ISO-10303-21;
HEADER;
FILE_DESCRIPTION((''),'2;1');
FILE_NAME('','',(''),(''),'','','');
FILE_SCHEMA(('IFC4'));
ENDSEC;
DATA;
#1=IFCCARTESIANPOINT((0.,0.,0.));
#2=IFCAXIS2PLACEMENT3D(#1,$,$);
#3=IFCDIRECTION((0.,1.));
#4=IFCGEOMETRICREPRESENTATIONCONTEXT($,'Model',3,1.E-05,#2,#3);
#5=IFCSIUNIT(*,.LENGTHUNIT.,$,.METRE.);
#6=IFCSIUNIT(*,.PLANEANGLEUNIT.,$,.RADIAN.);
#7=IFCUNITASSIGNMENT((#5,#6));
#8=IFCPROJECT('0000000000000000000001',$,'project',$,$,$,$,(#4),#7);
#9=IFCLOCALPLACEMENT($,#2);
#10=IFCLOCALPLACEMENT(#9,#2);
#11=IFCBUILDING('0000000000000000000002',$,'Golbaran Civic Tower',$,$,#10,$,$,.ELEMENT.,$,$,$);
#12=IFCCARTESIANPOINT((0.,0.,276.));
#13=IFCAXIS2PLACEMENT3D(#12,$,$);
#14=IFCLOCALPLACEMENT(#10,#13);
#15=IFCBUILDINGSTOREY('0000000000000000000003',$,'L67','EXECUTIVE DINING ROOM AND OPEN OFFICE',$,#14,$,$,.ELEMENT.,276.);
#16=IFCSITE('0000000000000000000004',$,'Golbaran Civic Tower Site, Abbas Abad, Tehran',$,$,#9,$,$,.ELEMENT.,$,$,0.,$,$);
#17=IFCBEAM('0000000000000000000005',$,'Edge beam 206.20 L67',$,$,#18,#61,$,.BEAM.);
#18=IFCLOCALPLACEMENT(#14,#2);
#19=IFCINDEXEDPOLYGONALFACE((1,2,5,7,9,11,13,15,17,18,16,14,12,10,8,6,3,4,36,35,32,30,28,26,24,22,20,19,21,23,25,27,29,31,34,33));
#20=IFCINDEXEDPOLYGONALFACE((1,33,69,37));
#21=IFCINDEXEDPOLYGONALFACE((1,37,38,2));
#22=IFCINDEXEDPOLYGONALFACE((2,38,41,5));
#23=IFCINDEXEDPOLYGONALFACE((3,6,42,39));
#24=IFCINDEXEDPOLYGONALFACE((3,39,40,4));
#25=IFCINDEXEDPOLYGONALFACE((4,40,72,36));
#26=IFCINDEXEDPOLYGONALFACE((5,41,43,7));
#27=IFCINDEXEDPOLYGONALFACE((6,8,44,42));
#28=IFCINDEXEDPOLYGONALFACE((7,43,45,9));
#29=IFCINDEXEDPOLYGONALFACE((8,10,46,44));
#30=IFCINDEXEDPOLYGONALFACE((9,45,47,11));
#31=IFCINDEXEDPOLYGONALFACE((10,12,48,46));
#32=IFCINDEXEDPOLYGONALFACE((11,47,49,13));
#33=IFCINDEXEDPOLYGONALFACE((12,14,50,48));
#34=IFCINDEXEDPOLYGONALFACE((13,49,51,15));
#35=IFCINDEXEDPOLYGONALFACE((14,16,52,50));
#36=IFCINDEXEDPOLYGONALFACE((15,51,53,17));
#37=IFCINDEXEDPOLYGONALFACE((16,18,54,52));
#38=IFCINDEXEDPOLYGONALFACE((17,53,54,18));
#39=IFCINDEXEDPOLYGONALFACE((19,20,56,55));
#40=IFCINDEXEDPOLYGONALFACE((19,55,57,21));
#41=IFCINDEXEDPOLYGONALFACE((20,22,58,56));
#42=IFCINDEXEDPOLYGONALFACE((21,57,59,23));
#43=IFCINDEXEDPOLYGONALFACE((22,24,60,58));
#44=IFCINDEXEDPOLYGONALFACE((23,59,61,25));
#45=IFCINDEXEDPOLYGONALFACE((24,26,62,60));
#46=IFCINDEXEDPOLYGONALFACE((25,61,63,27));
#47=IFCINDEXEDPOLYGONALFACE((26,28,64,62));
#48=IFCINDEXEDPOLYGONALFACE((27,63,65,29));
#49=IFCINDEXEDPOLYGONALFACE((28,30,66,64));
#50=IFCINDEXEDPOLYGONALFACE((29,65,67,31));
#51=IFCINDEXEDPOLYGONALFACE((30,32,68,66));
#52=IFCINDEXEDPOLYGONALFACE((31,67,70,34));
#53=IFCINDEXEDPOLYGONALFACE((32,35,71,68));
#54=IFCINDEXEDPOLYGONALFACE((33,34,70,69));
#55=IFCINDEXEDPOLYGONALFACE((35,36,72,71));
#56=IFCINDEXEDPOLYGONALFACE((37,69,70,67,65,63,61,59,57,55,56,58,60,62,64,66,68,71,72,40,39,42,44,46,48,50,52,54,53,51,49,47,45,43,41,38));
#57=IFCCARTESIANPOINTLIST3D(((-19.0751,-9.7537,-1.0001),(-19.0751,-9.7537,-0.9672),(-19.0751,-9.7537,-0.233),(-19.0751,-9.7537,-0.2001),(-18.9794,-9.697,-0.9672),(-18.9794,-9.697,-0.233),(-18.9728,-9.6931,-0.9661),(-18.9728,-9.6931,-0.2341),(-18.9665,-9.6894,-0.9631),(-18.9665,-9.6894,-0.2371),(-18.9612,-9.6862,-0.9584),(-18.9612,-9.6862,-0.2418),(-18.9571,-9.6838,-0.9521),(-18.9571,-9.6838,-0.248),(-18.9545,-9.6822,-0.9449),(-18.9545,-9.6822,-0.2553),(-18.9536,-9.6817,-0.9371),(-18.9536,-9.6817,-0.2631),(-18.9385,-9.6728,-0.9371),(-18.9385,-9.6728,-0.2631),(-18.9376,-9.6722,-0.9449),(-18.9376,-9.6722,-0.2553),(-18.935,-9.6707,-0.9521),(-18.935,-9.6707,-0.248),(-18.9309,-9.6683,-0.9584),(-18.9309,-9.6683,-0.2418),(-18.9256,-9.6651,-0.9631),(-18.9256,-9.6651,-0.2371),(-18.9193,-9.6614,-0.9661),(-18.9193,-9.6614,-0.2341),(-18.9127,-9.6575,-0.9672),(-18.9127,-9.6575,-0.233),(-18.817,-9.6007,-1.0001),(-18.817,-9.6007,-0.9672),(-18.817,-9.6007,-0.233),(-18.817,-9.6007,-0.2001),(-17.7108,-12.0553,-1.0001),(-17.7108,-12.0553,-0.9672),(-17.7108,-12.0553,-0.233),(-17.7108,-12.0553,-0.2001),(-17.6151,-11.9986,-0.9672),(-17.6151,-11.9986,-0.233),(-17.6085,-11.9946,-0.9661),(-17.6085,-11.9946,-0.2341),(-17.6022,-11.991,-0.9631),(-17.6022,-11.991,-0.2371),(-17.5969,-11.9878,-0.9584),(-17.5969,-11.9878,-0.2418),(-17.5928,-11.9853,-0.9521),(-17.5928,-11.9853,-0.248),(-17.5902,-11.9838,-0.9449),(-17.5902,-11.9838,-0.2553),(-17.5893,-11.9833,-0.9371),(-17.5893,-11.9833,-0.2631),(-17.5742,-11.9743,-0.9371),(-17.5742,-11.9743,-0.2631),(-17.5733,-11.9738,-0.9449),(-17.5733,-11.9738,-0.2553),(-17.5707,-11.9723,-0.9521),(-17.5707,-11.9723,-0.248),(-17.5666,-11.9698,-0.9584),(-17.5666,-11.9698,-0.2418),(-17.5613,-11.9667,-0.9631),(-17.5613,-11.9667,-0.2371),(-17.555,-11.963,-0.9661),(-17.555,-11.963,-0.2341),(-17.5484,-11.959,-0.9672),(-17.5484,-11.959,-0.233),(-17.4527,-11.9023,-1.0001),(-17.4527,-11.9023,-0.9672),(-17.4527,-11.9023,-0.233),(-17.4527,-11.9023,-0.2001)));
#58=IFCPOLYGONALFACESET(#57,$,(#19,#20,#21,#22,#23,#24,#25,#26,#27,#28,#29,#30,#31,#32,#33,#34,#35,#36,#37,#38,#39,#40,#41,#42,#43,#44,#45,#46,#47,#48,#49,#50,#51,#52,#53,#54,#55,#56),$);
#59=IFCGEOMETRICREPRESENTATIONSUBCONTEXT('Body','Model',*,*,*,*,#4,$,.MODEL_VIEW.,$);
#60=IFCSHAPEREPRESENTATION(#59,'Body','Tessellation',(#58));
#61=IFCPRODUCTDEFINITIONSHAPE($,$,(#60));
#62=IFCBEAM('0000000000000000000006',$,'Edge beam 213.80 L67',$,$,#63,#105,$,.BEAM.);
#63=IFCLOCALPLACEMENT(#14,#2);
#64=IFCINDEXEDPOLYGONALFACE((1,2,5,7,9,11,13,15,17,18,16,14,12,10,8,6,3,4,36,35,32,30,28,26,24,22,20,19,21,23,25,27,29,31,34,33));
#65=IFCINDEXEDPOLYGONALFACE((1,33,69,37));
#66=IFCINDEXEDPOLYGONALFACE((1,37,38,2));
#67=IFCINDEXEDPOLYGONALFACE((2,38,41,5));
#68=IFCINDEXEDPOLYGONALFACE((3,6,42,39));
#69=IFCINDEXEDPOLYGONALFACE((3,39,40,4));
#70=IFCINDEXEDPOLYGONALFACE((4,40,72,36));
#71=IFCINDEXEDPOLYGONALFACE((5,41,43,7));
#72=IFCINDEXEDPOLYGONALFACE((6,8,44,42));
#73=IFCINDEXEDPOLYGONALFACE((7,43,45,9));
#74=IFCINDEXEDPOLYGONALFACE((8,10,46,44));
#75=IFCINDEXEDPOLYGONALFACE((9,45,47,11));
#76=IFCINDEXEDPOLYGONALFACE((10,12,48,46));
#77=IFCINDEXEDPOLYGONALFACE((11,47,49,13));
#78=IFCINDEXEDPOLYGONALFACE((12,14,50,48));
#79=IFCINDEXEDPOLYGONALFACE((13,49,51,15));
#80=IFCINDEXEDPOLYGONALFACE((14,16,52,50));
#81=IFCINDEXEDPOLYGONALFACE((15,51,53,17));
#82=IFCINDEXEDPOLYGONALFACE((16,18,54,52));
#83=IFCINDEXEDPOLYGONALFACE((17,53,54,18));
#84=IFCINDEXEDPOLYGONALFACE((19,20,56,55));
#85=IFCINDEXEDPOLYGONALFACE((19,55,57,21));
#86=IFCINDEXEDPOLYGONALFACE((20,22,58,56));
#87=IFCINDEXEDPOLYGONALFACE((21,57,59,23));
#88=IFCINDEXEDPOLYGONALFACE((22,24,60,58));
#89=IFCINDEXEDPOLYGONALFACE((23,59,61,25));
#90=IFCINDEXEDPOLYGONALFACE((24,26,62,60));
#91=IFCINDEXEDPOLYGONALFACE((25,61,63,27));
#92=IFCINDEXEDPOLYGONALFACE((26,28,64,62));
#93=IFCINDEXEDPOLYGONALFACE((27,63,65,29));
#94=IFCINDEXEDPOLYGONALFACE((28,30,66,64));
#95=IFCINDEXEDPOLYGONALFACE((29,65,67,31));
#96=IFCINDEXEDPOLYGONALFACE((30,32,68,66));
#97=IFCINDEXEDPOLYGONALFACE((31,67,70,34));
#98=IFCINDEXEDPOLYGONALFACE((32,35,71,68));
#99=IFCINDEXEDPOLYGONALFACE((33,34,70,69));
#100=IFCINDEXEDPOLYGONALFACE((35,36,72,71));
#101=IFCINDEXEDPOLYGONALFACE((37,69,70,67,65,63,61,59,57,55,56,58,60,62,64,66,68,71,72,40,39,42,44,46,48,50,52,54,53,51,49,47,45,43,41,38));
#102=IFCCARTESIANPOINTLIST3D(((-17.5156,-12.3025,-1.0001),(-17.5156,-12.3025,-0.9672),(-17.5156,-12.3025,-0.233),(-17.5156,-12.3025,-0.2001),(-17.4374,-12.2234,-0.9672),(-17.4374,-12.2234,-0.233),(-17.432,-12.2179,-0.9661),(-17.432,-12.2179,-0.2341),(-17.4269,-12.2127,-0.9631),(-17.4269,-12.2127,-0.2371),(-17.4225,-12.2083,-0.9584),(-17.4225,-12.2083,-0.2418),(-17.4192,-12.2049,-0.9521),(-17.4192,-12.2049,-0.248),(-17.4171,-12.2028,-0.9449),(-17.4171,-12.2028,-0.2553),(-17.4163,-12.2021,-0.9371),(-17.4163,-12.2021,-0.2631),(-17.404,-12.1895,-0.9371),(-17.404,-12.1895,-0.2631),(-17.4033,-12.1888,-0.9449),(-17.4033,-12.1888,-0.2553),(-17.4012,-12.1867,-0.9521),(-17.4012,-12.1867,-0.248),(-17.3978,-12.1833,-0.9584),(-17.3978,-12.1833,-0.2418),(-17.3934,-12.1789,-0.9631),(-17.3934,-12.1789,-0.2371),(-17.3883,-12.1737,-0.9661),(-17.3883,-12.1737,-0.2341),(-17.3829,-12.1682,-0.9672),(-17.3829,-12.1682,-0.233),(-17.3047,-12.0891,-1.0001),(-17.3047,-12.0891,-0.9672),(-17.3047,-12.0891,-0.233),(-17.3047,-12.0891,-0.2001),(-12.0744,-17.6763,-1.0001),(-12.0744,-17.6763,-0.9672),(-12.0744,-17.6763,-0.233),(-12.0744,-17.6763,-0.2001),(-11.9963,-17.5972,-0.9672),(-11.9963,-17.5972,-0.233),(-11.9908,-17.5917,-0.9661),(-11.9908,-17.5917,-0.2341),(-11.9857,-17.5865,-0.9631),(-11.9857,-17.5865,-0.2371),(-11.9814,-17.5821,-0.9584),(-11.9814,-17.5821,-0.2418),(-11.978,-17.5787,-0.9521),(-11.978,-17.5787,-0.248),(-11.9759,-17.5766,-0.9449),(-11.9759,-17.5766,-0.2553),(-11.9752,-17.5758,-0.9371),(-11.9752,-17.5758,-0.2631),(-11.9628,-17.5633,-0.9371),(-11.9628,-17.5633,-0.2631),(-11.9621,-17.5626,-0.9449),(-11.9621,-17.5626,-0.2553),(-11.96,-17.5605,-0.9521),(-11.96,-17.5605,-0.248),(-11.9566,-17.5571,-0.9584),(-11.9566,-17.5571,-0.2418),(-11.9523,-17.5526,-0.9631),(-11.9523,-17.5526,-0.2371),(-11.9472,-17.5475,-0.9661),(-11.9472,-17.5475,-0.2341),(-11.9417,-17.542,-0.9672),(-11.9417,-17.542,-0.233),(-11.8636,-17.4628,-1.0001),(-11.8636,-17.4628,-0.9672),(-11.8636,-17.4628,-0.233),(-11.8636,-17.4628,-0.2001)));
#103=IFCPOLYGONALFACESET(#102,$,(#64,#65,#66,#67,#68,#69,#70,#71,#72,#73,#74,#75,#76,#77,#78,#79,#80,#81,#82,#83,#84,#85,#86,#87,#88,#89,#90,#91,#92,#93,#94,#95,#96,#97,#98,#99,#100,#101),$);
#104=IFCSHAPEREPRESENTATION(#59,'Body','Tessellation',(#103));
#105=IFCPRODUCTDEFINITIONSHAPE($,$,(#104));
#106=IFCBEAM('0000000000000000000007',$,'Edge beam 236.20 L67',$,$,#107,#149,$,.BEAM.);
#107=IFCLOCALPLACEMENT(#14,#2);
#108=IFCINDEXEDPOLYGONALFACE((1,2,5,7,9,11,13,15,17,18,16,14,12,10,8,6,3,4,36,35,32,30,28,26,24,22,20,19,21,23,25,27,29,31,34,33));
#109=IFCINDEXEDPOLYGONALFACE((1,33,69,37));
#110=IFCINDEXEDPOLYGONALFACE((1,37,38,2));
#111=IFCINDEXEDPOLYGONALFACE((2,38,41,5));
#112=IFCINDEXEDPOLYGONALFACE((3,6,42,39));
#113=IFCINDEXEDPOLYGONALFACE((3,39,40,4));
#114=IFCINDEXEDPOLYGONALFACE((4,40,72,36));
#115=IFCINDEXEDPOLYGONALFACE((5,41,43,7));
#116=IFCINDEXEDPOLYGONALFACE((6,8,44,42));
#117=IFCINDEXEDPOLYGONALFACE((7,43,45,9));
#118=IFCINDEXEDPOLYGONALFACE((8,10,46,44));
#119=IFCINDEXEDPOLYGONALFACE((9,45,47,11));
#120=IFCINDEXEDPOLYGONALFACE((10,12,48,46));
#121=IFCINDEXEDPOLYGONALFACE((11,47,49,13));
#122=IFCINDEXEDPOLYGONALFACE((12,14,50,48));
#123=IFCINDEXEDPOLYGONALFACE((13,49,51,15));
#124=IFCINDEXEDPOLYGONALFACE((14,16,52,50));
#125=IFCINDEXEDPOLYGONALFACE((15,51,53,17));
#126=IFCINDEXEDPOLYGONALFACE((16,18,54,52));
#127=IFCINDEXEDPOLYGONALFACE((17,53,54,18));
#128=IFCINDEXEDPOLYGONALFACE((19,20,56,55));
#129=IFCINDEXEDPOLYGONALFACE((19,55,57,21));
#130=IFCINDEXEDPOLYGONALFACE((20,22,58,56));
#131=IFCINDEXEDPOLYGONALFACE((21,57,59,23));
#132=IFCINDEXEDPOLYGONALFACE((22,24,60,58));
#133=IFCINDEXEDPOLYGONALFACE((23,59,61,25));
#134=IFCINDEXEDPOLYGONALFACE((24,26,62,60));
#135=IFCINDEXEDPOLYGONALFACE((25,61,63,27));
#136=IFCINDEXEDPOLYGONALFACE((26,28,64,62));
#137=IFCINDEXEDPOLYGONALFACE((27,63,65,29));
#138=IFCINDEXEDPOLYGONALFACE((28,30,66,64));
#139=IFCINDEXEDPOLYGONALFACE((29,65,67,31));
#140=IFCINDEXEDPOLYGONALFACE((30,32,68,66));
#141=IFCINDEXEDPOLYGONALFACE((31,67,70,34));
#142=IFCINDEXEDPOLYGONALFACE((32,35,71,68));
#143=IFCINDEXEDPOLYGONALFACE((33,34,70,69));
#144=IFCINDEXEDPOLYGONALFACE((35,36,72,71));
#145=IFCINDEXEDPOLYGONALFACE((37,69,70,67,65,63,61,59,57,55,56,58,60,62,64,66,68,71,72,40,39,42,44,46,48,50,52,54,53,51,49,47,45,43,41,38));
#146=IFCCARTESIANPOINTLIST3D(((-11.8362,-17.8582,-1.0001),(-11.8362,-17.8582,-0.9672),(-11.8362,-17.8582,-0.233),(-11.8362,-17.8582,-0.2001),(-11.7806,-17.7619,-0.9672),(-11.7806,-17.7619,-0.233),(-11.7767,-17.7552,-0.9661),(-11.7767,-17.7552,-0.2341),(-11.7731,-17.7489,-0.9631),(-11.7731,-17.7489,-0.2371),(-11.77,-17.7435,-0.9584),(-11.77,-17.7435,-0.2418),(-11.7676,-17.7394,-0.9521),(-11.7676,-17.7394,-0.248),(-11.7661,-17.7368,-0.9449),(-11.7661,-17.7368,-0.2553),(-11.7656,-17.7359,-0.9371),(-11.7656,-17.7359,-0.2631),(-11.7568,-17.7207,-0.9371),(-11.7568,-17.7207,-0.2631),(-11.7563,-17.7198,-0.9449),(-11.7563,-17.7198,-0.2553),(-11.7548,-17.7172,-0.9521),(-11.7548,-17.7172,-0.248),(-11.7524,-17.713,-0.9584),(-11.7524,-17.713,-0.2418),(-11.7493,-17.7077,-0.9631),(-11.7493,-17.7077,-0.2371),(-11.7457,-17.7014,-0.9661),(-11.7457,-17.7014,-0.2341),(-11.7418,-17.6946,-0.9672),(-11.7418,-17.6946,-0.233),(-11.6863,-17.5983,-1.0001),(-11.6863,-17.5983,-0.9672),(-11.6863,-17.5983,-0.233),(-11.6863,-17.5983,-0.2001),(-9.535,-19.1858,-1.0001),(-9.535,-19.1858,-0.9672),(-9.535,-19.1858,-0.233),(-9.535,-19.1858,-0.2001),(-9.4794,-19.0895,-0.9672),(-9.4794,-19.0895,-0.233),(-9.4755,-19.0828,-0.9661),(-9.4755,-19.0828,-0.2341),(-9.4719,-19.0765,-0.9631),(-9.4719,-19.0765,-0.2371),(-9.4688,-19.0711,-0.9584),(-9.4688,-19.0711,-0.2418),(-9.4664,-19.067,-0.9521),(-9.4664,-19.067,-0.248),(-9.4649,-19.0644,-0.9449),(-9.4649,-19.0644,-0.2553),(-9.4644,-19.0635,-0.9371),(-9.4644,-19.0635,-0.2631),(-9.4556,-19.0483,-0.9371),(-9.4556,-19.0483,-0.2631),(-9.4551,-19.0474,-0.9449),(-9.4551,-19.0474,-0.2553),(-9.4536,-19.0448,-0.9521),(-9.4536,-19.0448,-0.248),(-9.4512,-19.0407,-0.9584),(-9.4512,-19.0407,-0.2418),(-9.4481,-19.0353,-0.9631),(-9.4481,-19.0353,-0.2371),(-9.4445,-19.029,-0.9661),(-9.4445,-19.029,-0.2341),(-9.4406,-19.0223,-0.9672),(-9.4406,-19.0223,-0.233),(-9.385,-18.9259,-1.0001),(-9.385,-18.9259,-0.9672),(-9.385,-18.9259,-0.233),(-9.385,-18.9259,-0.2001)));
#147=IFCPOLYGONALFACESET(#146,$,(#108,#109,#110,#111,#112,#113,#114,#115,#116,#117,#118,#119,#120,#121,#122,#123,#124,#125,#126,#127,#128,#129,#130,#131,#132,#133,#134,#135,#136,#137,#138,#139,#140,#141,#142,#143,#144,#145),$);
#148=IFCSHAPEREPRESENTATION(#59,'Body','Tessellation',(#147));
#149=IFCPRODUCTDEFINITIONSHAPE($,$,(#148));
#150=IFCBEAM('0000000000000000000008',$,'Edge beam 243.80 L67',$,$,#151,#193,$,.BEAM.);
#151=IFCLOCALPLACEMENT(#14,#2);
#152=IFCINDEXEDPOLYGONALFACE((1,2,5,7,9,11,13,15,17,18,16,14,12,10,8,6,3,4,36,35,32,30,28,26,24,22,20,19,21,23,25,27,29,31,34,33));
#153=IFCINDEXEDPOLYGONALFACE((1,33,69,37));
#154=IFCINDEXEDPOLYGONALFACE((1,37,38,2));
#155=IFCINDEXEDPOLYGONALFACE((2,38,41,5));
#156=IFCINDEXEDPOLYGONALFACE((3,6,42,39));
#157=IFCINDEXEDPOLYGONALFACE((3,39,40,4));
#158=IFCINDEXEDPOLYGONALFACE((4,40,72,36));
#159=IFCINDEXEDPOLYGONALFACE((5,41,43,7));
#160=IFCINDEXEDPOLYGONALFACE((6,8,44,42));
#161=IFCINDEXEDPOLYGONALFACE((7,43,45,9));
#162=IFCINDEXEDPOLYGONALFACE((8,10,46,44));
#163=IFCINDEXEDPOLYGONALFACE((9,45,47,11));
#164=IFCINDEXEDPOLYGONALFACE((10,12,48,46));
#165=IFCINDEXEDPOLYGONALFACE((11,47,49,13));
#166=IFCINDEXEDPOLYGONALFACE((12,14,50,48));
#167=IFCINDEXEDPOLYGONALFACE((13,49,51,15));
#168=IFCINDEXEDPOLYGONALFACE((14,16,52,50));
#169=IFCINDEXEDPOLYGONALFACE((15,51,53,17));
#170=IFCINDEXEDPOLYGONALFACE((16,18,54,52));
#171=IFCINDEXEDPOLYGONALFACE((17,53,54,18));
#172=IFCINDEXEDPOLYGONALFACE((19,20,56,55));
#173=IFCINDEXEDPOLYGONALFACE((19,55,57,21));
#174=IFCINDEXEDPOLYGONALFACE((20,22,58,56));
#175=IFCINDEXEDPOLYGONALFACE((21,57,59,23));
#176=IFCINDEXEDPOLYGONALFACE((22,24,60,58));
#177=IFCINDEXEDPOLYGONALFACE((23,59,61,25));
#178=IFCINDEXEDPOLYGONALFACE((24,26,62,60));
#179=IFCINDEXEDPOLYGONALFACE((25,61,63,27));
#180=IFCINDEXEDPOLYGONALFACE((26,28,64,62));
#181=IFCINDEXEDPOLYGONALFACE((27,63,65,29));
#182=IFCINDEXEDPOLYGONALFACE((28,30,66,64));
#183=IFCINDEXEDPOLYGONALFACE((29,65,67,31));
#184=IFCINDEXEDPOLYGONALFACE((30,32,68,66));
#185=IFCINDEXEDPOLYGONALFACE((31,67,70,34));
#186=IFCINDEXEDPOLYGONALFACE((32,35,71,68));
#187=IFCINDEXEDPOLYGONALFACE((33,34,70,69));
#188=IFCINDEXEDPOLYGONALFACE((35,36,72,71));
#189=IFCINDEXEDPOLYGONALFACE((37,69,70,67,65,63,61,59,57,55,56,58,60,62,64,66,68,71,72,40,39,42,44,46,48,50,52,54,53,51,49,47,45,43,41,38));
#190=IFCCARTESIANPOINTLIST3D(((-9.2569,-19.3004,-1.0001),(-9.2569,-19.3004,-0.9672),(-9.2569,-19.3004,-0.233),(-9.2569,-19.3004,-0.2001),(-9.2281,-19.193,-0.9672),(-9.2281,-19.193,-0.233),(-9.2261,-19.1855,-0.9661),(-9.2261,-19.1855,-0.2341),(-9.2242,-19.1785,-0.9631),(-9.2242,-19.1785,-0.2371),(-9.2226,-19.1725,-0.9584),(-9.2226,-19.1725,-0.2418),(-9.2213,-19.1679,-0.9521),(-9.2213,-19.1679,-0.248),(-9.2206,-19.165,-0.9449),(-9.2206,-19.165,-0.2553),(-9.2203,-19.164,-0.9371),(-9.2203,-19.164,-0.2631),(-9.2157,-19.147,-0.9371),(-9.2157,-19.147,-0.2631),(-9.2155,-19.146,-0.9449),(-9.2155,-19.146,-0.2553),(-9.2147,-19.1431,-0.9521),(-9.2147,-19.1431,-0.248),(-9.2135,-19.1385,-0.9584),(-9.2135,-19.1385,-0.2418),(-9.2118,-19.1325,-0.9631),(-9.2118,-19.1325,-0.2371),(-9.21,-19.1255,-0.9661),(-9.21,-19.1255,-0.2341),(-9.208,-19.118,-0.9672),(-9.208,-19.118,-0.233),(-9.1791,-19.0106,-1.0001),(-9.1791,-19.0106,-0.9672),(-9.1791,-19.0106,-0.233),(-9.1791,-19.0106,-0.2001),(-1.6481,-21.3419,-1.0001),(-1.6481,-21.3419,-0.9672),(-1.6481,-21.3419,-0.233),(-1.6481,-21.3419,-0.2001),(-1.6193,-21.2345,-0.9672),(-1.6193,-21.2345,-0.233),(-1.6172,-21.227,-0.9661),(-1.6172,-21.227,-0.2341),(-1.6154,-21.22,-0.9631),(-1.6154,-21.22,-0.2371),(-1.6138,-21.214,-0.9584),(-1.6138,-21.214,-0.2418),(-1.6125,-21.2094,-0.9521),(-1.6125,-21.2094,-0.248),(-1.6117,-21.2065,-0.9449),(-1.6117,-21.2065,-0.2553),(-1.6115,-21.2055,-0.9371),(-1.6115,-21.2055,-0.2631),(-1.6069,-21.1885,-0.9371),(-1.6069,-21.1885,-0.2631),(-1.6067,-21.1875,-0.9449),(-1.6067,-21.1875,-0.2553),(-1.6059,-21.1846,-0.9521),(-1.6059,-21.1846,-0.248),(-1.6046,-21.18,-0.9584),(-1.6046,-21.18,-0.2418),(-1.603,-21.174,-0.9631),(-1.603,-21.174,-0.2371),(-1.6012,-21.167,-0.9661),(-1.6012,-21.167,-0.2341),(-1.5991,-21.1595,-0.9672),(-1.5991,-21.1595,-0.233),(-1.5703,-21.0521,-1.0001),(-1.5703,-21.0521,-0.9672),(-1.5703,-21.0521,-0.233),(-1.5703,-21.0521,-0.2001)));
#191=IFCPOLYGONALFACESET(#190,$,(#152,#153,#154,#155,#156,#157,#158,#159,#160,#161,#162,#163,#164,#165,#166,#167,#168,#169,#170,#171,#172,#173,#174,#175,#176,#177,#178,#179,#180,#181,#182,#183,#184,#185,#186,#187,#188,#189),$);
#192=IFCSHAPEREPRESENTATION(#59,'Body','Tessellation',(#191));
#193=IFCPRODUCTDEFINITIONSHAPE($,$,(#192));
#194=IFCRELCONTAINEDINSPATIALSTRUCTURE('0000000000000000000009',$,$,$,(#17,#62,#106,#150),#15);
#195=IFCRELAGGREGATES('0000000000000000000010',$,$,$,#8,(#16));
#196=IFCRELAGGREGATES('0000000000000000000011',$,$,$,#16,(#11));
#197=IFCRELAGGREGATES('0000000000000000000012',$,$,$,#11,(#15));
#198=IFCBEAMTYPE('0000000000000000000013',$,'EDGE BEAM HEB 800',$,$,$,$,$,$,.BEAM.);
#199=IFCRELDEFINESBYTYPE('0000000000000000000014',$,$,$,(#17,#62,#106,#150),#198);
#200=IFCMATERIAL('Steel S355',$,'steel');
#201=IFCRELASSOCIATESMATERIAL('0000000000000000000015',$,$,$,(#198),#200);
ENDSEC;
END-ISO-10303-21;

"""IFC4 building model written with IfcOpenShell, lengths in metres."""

from ifc_helpers import new_model, si_unit, direction, frame, origin, origin_2d, place, context, subcontext, project, spatial, i_section, extrude, material, material_profile, profile_set, type_object, element, save


model = new_model("IFC4")

# Units and contexts
model_context = context("Model", 3, precision=1e-05, world=origin(), true_north=direction((0.0, 1.0)))
body_context = subcontext(model_context, "Body", "Model", "MODEL_VIEW")
ifc_project = project(units=[si_unit("LENGTHUNIT", "METRE"), si_unit("PLANEANGLEUNIT", "RADIAN")], contexts=[model_context])

# Site, building, storey
site_placement = place(None, origin())
site = spatial("IfcSite", under=ifc_project, at=site_placement, Name="Golbaran Civic Tower Site, Abbas Abad, Tehran", CompositionType="ELEMENT", RefElevation=0.0)
building_placement = place(site_placement, origin())
building = spatial("IfcBuilding", under=site, at=building_placement, Name="Golbaran Civic Tower", CompositionType="ELEMENT")
storey_placement = place(building_placement, frame((0.0, 0.0, 276.0)))
storey = spatial("IfcBuildingStorey", under=building, at=storey_placement, Name="L67", Description="EXECUTIVE DINING ROOM AND OPEN OFFICE", CompositionType="ELEMENT", Elevation=276.0)

# Beams
ifc_material_1 = material(Name="Steel S355", Category="steel")
ifc_material_profile_1 = material_profile(ifc_material_1, i_section(OverallWidth=0.3, OverallDepth=0.8, WebThickness=0.0176, FlangeThickness=0.033, FilletRadius=0.03, at=origin_2d()), Name="HEB 800")
ifc_profile_set_1 = profile_set([ifc_material_profile_1], Name="Steel S355")
beam_type_1 = type_object("IfcBeamType", Name="EDGE BEAM HEB 800", PredefinedType="BEAM", material=ifc_profile_set_1)
beam_1_placement = place(storey_placement, frame((-18.946, -9.6772, -0.6001), z_axis=(0.509912, -0.860226, 0.0), x_axis=(0.860226, 0.509912, 0.0)))
element("IfcBeam", 1, at=beam_1_placement, inside=storey, type_object=beam_type_1, Name="Edge beam 206.20 L67", PredefinedType="BEAM", context=body_context, shape_type="SweptSolid", body=[
    extrude(i_section(OverallWidth=0.3, OverallDepth=0.8, WebThickness=0.0176, FlangeThickness=0.033, FilletRadius=0.03, at=origin_2d()), origin(), (0.0, 0.0, 1.0), 2.6755),
])
beam_2_placement = place(storey_placement, frame((-17.4102, -12.1958, -0.6001), z_axis=(0.711499, -0.702687, 0.0), x_axis=(0.702687, 0.711499, 0.0)))
element("IfcBeam", 2, at=beam_2_placement, inside=storey, type_object=beam_type_1, Name="Edge beam 213.80 L67", PredefinedType="BEAM", context=body_context, shape_type="SweptSolid", body=[
    extrude(i_section(OverallWidth=0.3, OverallDepth=0.8, WebThickness=0.0176, FlangeThickness=0.033, FilletRadius=0.03, at=origin_2d()), origin(), (0.0, 0.0, 1.0), 7.6475),
])
beam_3_placement = place(storey_placement, frame((-11.7612, -17.7283, -0.6001), z_axis=(0.866189, -0.499717, 0.0), x_axis=(0.499717, 0.866189, 0.0)))
element("IfcBeam", 3, at=beam_3_placement, inside=storey, type_object=beam_type_1, Name="Edge beam 236.20 L67", PredefinedType="BEAM", context=body_context, shape_type="SweptSolid", body=[
    extrude(i_section(OverallWidth=0.3, OverallDepth=0.8, WebThickness=0.0176, FlangeThickness=0.033, FilletRadius=0.03, at=origin_2d()), origin(), (0.0, 0.0, 1.0), 2.6567),
])
beam_4_placement = place(storey_placement, frame((-9.218, -19.1555, -0.6001), z_axis=(0.96584, -0.25914, 0.0), x_axis=(0.25914, 0.96584, 0.0)))
element("IfcBeam", 4, at=beam_4_placement, inside=storey, type_object=beam_type_1, Name="Edge beam 243.80 L67", PredefinedType="BEAM", context=body_context, shape_type="SweptSolid", body=[
    extrude(i_section(OverallWidth=0.3, OverallDepth=0.8, WebThickness=0.0176, FlangeThickness=0.033, FilletRadius=0.03, at=origin_2d()), origin(), (0.0, 0.0, 1.0), 7.8779),
])

save(model, "model.ifc")
